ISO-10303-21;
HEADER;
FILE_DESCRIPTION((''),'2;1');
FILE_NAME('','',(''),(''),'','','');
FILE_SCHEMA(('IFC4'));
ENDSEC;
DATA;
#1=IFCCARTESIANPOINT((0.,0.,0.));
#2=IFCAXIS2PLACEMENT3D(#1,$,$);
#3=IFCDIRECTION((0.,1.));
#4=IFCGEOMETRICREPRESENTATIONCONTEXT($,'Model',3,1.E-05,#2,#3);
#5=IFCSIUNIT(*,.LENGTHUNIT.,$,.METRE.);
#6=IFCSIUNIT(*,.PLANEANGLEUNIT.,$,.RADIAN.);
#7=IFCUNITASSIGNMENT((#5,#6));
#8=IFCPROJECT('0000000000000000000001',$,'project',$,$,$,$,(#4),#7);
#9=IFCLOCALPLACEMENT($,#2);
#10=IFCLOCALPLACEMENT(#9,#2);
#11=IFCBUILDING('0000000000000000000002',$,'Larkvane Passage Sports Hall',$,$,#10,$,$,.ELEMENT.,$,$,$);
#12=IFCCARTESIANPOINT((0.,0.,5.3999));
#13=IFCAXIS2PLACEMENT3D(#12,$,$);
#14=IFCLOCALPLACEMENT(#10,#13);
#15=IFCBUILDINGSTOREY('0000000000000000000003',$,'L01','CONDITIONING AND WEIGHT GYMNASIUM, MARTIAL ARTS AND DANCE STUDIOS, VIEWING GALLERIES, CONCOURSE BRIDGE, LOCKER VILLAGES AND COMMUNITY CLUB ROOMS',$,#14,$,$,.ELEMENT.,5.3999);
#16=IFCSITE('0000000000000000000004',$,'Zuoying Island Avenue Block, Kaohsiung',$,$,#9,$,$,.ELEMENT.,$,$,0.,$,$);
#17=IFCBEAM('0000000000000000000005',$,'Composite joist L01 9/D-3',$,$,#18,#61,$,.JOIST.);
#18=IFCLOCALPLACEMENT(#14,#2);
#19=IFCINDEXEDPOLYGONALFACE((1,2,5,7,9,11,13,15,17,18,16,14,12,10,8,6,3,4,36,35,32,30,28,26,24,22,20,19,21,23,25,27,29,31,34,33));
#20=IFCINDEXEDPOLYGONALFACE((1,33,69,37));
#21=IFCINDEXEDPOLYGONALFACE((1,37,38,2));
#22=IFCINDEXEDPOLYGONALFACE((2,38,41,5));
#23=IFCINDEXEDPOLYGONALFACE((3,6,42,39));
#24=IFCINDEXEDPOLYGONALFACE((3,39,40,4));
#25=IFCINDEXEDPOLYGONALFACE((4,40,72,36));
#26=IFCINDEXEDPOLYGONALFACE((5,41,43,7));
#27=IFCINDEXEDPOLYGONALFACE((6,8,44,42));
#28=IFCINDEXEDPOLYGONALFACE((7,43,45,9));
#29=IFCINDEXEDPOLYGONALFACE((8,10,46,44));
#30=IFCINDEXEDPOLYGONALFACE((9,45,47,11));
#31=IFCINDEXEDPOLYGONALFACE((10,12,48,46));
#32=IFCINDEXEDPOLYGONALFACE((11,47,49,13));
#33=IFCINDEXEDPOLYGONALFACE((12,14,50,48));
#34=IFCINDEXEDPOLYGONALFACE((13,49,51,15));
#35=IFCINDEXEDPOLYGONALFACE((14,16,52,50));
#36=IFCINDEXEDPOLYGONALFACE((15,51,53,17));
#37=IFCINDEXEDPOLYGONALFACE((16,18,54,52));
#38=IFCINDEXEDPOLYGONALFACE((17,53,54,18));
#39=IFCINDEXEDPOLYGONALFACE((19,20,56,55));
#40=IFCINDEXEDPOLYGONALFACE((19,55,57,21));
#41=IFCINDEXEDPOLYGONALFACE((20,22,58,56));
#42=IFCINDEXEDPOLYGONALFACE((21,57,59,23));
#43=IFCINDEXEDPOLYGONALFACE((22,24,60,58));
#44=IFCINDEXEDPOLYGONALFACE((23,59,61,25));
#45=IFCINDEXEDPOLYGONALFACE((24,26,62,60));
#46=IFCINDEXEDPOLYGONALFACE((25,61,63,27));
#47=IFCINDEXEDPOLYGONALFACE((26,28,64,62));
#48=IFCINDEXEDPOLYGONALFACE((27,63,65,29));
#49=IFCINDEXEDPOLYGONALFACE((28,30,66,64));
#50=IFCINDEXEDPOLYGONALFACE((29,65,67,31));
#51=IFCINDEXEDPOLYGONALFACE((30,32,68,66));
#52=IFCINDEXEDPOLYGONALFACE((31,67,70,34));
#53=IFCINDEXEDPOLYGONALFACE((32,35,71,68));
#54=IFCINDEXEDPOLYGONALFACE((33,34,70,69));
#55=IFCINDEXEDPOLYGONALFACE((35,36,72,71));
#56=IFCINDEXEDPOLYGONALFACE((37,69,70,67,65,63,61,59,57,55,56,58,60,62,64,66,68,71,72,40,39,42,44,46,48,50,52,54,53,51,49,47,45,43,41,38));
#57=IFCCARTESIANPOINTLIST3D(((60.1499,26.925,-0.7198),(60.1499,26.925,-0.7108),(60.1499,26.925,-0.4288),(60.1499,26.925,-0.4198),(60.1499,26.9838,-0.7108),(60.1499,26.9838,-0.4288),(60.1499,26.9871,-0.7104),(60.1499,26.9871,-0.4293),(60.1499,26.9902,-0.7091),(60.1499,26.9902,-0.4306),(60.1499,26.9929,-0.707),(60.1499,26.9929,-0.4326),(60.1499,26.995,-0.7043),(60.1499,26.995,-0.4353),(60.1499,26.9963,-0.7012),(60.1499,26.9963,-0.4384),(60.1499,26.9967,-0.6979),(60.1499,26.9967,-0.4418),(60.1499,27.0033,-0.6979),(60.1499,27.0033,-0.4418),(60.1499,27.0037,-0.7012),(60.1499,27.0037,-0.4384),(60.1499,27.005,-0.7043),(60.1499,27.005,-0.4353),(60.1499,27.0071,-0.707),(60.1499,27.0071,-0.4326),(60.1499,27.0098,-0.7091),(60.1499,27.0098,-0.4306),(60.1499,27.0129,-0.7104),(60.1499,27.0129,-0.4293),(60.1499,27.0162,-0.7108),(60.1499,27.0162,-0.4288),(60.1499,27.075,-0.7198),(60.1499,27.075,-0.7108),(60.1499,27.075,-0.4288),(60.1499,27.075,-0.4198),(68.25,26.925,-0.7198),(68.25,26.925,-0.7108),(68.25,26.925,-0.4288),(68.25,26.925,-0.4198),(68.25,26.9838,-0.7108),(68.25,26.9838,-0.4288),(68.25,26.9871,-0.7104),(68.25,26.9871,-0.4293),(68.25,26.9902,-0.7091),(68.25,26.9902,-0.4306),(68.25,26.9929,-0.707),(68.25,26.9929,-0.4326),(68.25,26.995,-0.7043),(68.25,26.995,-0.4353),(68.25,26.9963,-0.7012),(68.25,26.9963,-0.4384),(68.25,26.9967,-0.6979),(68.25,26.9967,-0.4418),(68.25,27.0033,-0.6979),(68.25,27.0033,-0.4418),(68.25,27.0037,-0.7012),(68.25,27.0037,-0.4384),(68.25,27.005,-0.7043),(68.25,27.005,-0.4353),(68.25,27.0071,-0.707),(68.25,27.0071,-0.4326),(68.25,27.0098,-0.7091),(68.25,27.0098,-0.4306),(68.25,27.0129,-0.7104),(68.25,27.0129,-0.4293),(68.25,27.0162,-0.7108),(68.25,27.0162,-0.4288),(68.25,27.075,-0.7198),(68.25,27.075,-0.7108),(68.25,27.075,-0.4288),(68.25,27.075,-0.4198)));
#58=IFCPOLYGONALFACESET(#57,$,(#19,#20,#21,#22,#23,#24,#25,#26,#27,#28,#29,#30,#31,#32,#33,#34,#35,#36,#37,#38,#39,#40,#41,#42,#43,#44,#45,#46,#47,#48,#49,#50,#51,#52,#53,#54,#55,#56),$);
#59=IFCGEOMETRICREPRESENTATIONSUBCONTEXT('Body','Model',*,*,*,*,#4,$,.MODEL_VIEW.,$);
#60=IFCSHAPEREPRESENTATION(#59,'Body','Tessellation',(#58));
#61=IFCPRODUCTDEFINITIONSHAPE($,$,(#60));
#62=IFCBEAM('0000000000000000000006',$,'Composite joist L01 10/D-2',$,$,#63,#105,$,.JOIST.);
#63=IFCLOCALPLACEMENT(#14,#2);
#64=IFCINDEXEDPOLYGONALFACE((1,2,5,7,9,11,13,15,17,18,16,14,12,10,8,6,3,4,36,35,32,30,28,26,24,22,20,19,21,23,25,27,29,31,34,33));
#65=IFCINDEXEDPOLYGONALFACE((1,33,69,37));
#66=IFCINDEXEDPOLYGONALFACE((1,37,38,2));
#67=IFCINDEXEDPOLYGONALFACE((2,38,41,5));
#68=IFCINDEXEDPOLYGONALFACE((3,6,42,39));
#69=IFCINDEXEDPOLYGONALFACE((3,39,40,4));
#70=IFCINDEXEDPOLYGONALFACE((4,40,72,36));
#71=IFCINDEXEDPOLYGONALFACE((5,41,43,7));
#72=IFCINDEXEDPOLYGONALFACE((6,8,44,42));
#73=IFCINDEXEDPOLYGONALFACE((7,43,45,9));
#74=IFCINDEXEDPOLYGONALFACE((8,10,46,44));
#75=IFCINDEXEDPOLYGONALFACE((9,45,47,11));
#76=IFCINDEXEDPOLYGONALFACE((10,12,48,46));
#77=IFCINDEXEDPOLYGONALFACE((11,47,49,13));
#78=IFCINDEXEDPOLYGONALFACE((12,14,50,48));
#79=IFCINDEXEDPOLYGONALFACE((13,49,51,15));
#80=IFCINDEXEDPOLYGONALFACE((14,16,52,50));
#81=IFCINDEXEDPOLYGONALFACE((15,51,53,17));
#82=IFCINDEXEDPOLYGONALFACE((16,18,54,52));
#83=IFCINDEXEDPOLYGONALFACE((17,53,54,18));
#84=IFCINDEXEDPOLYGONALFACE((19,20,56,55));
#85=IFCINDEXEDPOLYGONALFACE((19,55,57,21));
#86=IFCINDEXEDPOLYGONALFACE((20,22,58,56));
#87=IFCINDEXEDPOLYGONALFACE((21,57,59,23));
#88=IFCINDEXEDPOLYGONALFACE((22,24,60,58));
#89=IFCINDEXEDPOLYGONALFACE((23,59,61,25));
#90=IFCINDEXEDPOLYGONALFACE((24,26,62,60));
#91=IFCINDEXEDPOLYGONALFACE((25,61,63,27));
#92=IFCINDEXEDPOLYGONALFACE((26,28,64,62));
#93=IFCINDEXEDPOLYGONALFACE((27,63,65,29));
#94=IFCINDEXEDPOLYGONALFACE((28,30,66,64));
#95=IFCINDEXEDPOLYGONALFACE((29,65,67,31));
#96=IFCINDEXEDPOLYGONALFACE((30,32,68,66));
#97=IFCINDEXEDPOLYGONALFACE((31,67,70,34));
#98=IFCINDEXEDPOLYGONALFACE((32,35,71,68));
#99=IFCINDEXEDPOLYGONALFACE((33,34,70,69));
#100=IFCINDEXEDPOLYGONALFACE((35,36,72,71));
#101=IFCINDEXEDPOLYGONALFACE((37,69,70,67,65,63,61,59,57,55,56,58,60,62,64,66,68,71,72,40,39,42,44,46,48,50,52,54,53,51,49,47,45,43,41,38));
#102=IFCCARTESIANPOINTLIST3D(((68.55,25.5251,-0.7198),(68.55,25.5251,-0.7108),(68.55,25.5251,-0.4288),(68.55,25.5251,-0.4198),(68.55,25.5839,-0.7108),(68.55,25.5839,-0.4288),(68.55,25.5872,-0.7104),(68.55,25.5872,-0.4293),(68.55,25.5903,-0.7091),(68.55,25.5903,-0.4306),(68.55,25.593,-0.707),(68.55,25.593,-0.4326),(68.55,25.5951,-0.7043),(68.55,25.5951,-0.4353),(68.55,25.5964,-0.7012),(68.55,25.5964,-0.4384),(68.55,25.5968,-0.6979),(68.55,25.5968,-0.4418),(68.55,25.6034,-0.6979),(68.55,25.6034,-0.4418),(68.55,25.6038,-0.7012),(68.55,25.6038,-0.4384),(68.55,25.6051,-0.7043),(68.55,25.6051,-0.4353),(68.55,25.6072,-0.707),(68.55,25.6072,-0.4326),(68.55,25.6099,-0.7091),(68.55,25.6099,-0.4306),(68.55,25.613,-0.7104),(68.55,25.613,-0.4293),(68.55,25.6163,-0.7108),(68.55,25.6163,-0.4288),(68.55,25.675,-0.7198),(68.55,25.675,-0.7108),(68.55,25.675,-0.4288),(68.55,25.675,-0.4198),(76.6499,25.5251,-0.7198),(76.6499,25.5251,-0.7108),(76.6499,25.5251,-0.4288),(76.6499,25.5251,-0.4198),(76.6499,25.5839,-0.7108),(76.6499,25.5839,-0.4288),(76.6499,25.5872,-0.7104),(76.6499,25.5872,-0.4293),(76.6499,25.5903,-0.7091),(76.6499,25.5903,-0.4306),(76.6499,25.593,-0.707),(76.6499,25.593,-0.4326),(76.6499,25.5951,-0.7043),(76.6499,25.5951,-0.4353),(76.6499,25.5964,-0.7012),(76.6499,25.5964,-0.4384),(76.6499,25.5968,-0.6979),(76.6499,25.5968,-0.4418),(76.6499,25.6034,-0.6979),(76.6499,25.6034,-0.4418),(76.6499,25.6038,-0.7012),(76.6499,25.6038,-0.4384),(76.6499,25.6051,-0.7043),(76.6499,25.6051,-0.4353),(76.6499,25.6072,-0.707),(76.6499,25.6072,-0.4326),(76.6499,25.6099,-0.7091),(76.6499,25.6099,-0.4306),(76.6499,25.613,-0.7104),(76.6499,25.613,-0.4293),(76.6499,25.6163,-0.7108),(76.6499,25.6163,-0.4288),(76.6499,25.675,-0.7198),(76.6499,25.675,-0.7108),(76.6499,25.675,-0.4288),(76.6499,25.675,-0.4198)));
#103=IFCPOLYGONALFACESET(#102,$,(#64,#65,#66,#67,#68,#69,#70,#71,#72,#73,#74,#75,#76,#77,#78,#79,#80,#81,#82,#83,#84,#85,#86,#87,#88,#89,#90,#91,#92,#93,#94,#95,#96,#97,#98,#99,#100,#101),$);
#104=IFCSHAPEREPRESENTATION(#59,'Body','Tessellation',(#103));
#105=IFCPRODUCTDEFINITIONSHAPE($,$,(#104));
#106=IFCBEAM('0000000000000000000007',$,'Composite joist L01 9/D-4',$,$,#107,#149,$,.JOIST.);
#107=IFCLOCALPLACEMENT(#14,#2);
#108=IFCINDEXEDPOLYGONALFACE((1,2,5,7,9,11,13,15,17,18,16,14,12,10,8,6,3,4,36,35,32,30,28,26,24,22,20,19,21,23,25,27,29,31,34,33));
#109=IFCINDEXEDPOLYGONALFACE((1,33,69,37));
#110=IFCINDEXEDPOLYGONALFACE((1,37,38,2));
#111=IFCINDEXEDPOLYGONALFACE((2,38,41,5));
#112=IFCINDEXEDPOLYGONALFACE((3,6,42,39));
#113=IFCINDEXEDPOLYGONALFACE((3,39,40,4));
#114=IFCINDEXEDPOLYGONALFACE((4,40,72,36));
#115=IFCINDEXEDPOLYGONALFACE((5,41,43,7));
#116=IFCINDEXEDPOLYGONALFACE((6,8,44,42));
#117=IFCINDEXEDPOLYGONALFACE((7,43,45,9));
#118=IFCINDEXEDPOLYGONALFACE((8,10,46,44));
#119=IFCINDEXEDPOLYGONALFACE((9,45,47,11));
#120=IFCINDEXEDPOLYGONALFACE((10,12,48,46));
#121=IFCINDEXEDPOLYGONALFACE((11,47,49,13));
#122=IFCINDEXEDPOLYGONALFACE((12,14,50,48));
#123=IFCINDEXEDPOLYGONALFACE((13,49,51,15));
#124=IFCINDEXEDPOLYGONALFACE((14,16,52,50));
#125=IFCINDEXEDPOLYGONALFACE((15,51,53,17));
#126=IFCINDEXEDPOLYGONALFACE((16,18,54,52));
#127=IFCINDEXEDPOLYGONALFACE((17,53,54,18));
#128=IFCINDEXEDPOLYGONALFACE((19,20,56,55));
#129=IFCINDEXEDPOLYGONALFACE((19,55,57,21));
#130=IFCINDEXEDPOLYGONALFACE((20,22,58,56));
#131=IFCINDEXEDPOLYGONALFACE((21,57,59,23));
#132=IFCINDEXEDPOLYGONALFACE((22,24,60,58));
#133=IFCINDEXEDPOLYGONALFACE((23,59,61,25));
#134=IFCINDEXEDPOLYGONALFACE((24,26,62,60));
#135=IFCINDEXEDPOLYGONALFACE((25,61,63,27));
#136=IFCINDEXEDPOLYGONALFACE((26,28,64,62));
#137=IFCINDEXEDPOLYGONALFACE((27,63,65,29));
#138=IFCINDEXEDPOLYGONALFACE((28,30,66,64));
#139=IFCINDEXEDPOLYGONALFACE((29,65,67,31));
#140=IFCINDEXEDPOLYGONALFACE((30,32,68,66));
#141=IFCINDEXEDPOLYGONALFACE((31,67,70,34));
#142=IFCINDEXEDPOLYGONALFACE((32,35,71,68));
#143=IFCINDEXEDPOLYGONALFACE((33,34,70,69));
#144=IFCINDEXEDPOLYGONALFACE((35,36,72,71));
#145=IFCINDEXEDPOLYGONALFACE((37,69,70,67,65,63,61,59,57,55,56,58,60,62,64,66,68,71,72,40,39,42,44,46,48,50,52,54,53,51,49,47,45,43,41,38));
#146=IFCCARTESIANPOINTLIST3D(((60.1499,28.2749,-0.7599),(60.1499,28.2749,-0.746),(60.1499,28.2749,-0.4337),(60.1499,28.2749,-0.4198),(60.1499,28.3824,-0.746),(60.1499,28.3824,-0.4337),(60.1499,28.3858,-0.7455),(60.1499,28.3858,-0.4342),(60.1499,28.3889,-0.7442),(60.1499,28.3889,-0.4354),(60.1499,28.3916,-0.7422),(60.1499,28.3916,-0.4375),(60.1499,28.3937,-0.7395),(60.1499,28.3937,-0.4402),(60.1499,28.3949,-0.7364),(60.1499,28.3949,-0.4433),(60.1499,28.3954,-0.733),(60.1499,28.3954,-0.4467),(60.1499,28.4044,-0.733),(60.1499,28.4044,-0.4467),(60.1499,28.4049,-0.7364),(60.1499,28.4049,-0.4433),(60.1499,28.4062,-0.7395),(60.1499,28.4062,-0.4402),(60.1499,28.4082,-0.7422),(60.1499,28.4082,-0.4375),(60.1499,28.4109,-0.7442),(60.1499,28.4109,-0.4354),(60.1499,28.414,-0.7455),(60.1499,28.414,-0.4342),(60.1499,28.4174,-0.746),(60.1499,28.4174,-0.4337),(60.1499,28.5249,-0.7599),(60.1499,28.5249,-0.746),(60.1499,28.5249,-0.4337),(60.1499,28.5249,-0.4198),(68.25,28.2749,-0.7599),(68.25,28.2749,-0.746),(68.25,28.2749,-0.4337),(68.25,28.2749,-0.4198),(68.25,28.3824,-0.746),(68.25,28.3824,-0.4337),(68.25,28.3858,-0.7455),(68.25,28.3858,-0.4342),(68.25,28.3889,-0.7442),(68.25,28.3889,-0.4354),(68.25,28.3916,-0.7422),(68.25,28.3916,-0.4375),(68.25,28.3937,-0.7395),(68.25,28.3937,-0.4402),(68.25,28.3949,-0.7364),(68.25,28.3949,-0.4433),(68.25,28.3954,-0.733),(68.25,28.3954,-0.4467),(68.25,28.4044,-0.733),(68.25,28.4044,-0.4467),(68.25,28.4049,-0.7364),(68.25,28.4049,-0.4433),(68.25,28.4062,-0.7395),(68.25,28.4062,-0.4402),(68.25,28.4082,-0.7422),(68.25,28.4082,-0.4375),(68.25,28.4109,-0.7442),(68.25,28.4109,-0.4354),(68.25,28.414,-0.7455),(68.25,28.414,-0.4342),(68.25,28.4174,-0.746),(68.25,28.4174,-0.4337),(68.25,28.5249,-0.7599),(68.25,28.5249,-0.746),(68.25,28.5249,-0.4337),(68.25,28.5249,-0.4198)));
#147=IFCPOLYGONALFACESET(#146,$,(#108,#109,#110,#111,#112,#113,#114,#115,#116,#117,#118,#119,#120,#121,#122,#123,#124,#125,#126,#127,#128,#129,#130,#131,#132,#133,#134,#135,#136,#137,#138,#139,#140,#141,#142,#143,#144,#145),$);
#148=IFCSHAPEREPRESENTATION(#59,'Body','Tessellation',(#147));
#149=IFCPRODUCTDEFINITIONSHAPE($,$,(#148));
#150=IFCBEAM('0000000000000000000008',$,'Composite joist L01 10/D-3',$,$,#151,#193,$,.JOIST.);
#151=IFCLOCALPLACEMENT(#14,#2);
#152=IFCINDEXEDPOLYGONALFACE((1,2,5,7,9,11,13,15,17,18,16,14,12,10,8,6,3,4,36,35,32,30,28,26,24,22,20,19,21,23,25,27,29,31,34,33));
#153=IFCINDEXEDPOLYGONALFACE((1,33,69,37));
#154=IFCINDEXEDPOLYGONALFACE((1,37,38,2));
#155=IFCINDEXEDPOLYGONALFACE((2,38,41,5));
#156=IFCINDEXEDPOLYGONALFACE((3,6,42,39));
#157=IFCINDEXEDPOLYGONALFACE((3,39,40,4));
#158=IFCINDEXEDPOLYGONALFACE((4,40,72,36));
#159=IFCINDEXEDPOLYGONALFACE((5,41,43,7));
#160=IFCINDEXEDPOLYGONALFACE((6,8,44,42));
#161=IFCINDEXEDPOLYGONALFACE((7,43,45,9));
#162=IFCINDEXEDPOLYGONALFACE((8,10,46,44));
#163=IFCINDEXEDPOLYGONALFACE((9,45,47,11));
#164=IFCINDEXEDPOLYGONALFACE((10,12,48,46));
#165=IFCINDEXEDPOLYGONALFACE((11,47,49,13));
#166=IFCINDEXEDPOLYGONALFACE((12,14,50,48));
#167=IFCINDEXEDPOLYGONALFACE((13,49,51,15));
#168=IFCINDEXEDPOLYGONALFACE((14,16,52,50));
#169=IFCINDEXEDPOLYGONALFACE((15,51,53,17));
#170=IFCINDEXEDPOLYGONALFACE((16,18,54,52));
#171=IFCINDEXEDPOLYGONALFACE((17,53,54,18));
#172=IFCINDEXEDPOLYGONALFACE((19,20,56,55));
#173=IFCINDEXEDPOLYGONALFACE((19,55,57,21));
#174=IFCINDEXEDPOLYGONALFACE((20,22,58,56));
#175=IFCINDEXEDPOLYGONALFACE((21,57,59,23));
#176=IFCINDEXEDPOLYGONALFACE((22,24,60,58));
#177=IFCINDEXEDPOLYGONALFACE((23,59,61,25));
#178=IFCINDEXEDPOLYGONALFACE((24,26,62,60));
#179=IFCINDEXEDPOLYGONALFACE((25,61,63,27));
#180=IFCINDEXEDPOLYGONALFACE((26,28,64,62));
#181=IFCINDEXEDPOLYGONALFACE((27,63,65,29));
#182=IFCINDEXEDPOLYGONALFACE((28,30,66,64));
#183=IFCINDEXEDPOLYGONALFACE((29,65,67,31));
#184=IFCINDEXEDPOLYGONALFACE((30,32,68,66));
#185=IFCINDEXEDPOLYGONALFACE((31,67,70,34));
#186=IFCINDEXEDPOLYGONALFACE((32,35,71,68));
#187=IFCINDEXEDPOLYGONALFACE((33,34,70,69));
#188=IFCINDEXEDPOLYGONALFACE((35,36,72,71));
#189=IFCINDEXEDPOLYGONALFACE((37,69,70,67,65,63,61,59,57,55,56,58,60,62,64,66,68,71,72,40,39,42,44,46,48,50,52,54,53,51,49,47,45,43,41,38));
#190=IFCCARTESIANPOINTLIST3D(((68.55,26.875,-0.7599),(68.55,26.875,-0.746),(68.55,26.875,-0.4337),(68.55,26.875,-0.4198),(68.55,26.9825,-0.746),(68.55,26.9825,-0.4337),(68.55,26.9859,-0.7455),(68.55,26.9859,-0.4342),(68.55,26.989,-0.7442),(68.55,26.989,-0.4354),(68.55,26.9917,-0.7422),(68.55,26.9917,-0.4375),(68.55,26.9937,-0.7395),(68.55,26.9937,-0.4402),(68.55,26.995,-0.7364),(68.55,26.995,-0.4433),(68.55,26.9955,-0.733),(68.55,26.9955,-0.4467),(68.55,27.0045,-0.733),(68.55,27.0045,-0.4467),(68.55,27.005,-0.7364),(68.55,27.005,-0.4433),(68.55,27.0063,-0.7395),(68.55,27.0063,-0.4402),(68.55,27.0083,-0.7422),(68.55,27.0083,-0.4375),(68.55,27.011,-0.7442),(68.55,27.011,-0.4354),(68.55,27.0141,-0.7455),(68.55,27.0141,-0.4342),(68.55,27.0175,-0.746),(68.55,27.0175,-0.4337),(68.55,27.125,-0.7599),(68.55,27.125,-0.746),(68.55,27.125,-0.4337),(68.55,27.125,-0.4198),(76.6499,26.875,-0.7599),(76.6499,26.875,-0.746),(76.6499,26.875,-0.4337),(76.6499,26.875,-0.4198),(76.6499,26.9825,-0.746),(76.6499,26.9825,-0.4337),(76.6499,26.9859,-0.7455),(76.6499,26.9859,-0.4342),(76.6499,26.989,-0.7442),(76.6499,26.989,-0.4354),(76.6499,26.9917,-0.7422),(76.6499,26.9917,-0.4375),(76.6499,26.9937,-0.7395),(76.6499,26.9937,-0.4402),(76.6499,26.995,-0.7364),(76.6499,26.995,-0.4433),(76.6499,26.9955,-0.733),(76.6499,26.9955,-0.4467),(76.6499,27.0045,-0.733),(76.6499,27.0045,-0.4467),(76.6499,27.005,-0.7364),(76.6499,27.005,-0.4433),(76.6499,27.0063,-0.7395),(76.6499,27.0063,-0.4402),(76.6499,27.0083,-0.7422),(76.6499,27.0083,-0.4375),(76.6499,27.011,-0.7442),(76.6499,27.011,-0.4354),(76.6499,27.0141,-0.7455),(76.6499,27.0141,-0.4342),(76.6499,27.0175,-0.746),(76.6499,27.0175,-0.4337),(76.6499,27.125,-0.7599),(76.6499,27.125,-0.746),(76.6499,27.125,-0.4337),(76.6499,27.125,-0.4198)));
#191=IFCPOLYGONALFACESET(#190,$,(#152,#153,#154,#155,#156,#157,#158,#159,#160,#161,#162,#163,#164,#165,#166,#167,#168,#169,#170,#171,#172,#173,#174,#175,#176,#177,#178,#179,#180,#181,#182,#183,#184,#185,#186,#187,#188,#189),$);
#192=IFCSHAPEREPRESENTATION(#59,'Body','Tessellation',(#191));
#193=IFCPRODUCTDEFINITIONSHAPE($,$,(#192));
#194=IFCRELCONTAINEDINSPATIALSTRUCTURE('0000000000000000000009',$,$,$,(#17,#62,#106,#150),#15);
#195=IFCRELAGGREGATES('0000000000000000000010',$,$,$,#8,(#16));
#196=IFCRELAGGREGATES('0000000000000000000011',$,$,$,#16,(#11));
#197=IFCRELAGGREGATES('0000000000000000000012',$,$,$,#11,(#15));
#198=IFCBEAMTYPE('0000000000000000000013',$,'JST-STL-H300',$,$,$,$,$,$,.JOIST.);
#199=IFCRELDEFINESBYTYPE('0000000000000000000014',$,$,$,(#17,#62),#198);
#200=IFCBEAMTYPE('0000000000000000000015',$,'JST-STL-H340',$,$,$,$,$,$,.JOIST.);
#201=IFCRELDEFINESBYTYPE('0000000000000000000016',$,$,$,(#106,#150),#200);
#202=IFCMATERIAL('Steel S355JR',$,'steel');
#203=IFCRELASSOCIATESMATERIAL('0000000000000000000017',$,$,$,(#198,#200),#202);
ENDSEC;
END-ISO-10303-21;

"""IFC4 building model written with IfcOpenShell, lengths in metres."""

from ifc_helpers import new_model, si_unit, direction, frame, origin, origin_2d, place, context, subcontext, project, spatial, i_section, extrude, material, material_profile, profile_set, type_object, element, save


model = new_model("IFC4")

# Units and contexts
model_context = context("Model", 3, precision=1e-05, world=origin(), true_north=direction((0.0, 1.0)))
body_context = subcontext(model_context, "Body", "Model", "MODEL_VIEW")
ifc_project = project(units=[si_unit("LENGTHUNIT", "METRE"), si_unit("PLANEANGLEUNIT", "RADIAN")], contexts=[model_context])

# Site, building, storey
site_placement = place(None, origin())
site = spatial("IfcSite", under=ifc_project, at=site_placement, Name="Zuoying Island Avenue Block, Kaohsiung", CompositionType="ELEMENT", RefElevation=0.0)
building_placement = place(site_placement, origin())
building = spatial("IfcBuilding", under=site, at=building_placement, Name="Larkvane Passage Sports Hall", CompositionType="ELEMENT")
storey_placement = place(building_placement, frame((0.0, 0.0, 5.3999)))
storey = spatial("IfcBuildingStorey", under=building, at=storey_placement, Name="L01", Description="CONDITIONING AND WEIGHT GYMNASIUM, MARTIAL ARTS AND DANCE STUDIOS, VIEWING GALLERIES, CONCOURSE BRIDGE, LOCKER VILLAGES AND COMMUNITY CLUB ROOMS", CompositionType="ELEMENT", Elevation=5.3999)

# Shared definitions
ifc_material_1 = material(Name="Steel S355JR", Category="steel")

# Beams
ifc_material_profile_1 = material_profile(ifc_material_1, i_section(OverallWidth=0.1499, OverallDepth=0.3, WebThickness=0.0066, FlangeThickness=0.009, FilletRadius=0.0129, at=origin_2d()), Name="H-300x150x6.5x9")
ifc_profile_set_1 = profile_set([ifc_material_profile_1], Name="Steel S355JR")
beam_type_1 = type_object("IfcBeamType", Name="JST-STL-H300", PredefinedType="JOIST", material=ifc_profile_set_1)
beam_1_placement = place(storey_placement, frame((60.1499, 27.0, -0.5698), z_axis=(1.0, 0.0, 0.0), x_axis=(0.0, 1.0, 0.0)))
element("IfcBeam", 1, at=beam_1_placement, inside=storey, type_object=beam_type_1, Name="Composite joist L01 9/D-3", PredefinedType="JOIST", context=body_context, shape_type="SweptSolid", body=[
    extrude(i_section(OverallWidth=0.1499, OverallDepth=0.3, WebThickness=0.0066, FlangeThickness=0.009, FilletRadius=0.0129, at=origin_2d()), origin(), (0.0, 0.0, 1.0), 8.1001),
])
beam_2_placement = place(storey_placement, frame((68.55, 25.6001, -0.5698), z_axis=(1.0, 0.0, 0.0), x_axis=(0.0, 1.0, 0.0)))
element("IfcBeam", 2, at=beam_2_placement, inside=storey, type_object=beam_type_1, Name="Composite joist L01 10/D-2", PredefinedType="JOIST", context=body_context, shape_type="SweptSolid", body=[
    extrude(i_section(OverallWidth=0.1499, OverallDepth=0.3, WebThickness=0.0066, FlangeThickness=0.009, FilletRadius=0.0129, at=origin_2d()), origin(), (0.0, 0.0, 1.0), 8.0999),
])
ifc_material_profile_2 = material_profile(ifc_material_1, i_section(OverallWidth=0.25, OverallDepth=0.3401, WebThickness=0.009, FlangeThickness=0.0139, FilletRadius=0.0129, at=origin_2d()), Name="H-340x250x9x14")
ifc_profile_set_2 = profile_set([ifc_material_profile_2], Name="Steel S355JR")
beam_type_2 = type_object("IfcBeamType", Name="JST-STL-H340", PredefinedType="JOIST", material=ifc_profile_set_2)
beam_3_placement = place(storey_placement, frame((60.1499, 28.3999, -0.5898), z_axis=(1.0, 0.0, 0.0), x_axis=(0.0, 1.0, 0.0)))
element("IfcBeam", 3, at=beam_3_placement, inside=storey, type_object=beam_type_2, Name="Composite joist L01 9/D-4", PredefinedType="JOIST", context=body_context, shape_type="SweptSolid", body=[
    extrude(i_section(OverallWidth=0.25, OverallDepth=0.3401, WebThickness=0.009, FlangeThickness=0.0139, FilletRadius=0.0129, at=origin_2d()), origin(), (0.0, 0.0, 1.0), 8.1001),
])
beam_4_placement = place(storey_placement, frame((68.55, 27.0, -0.5898), z_axis=(1.0, 0.0, 0.0), x_axis=(0.0, 1.0, 0.0)))
element("IfcBeam", 4, at=beam_4_placement, inside=storey, type_object=beam_type_2, Name="Composite joist L01 10/D-3", PredefinedType="JOIST", context=body_context, shape_type="SweptSolid", body=[
    extrude(i_section(OverallWidth=0.25, OverallDepth=0.3401, WebThickness=0.009, FlangeThickness=0.0139, FilletRadius=0.0129, at=origin_2d()), origin(), (0.0, 0.0, 1.0), 8.0999),
])

save(model, "model.ifc")
